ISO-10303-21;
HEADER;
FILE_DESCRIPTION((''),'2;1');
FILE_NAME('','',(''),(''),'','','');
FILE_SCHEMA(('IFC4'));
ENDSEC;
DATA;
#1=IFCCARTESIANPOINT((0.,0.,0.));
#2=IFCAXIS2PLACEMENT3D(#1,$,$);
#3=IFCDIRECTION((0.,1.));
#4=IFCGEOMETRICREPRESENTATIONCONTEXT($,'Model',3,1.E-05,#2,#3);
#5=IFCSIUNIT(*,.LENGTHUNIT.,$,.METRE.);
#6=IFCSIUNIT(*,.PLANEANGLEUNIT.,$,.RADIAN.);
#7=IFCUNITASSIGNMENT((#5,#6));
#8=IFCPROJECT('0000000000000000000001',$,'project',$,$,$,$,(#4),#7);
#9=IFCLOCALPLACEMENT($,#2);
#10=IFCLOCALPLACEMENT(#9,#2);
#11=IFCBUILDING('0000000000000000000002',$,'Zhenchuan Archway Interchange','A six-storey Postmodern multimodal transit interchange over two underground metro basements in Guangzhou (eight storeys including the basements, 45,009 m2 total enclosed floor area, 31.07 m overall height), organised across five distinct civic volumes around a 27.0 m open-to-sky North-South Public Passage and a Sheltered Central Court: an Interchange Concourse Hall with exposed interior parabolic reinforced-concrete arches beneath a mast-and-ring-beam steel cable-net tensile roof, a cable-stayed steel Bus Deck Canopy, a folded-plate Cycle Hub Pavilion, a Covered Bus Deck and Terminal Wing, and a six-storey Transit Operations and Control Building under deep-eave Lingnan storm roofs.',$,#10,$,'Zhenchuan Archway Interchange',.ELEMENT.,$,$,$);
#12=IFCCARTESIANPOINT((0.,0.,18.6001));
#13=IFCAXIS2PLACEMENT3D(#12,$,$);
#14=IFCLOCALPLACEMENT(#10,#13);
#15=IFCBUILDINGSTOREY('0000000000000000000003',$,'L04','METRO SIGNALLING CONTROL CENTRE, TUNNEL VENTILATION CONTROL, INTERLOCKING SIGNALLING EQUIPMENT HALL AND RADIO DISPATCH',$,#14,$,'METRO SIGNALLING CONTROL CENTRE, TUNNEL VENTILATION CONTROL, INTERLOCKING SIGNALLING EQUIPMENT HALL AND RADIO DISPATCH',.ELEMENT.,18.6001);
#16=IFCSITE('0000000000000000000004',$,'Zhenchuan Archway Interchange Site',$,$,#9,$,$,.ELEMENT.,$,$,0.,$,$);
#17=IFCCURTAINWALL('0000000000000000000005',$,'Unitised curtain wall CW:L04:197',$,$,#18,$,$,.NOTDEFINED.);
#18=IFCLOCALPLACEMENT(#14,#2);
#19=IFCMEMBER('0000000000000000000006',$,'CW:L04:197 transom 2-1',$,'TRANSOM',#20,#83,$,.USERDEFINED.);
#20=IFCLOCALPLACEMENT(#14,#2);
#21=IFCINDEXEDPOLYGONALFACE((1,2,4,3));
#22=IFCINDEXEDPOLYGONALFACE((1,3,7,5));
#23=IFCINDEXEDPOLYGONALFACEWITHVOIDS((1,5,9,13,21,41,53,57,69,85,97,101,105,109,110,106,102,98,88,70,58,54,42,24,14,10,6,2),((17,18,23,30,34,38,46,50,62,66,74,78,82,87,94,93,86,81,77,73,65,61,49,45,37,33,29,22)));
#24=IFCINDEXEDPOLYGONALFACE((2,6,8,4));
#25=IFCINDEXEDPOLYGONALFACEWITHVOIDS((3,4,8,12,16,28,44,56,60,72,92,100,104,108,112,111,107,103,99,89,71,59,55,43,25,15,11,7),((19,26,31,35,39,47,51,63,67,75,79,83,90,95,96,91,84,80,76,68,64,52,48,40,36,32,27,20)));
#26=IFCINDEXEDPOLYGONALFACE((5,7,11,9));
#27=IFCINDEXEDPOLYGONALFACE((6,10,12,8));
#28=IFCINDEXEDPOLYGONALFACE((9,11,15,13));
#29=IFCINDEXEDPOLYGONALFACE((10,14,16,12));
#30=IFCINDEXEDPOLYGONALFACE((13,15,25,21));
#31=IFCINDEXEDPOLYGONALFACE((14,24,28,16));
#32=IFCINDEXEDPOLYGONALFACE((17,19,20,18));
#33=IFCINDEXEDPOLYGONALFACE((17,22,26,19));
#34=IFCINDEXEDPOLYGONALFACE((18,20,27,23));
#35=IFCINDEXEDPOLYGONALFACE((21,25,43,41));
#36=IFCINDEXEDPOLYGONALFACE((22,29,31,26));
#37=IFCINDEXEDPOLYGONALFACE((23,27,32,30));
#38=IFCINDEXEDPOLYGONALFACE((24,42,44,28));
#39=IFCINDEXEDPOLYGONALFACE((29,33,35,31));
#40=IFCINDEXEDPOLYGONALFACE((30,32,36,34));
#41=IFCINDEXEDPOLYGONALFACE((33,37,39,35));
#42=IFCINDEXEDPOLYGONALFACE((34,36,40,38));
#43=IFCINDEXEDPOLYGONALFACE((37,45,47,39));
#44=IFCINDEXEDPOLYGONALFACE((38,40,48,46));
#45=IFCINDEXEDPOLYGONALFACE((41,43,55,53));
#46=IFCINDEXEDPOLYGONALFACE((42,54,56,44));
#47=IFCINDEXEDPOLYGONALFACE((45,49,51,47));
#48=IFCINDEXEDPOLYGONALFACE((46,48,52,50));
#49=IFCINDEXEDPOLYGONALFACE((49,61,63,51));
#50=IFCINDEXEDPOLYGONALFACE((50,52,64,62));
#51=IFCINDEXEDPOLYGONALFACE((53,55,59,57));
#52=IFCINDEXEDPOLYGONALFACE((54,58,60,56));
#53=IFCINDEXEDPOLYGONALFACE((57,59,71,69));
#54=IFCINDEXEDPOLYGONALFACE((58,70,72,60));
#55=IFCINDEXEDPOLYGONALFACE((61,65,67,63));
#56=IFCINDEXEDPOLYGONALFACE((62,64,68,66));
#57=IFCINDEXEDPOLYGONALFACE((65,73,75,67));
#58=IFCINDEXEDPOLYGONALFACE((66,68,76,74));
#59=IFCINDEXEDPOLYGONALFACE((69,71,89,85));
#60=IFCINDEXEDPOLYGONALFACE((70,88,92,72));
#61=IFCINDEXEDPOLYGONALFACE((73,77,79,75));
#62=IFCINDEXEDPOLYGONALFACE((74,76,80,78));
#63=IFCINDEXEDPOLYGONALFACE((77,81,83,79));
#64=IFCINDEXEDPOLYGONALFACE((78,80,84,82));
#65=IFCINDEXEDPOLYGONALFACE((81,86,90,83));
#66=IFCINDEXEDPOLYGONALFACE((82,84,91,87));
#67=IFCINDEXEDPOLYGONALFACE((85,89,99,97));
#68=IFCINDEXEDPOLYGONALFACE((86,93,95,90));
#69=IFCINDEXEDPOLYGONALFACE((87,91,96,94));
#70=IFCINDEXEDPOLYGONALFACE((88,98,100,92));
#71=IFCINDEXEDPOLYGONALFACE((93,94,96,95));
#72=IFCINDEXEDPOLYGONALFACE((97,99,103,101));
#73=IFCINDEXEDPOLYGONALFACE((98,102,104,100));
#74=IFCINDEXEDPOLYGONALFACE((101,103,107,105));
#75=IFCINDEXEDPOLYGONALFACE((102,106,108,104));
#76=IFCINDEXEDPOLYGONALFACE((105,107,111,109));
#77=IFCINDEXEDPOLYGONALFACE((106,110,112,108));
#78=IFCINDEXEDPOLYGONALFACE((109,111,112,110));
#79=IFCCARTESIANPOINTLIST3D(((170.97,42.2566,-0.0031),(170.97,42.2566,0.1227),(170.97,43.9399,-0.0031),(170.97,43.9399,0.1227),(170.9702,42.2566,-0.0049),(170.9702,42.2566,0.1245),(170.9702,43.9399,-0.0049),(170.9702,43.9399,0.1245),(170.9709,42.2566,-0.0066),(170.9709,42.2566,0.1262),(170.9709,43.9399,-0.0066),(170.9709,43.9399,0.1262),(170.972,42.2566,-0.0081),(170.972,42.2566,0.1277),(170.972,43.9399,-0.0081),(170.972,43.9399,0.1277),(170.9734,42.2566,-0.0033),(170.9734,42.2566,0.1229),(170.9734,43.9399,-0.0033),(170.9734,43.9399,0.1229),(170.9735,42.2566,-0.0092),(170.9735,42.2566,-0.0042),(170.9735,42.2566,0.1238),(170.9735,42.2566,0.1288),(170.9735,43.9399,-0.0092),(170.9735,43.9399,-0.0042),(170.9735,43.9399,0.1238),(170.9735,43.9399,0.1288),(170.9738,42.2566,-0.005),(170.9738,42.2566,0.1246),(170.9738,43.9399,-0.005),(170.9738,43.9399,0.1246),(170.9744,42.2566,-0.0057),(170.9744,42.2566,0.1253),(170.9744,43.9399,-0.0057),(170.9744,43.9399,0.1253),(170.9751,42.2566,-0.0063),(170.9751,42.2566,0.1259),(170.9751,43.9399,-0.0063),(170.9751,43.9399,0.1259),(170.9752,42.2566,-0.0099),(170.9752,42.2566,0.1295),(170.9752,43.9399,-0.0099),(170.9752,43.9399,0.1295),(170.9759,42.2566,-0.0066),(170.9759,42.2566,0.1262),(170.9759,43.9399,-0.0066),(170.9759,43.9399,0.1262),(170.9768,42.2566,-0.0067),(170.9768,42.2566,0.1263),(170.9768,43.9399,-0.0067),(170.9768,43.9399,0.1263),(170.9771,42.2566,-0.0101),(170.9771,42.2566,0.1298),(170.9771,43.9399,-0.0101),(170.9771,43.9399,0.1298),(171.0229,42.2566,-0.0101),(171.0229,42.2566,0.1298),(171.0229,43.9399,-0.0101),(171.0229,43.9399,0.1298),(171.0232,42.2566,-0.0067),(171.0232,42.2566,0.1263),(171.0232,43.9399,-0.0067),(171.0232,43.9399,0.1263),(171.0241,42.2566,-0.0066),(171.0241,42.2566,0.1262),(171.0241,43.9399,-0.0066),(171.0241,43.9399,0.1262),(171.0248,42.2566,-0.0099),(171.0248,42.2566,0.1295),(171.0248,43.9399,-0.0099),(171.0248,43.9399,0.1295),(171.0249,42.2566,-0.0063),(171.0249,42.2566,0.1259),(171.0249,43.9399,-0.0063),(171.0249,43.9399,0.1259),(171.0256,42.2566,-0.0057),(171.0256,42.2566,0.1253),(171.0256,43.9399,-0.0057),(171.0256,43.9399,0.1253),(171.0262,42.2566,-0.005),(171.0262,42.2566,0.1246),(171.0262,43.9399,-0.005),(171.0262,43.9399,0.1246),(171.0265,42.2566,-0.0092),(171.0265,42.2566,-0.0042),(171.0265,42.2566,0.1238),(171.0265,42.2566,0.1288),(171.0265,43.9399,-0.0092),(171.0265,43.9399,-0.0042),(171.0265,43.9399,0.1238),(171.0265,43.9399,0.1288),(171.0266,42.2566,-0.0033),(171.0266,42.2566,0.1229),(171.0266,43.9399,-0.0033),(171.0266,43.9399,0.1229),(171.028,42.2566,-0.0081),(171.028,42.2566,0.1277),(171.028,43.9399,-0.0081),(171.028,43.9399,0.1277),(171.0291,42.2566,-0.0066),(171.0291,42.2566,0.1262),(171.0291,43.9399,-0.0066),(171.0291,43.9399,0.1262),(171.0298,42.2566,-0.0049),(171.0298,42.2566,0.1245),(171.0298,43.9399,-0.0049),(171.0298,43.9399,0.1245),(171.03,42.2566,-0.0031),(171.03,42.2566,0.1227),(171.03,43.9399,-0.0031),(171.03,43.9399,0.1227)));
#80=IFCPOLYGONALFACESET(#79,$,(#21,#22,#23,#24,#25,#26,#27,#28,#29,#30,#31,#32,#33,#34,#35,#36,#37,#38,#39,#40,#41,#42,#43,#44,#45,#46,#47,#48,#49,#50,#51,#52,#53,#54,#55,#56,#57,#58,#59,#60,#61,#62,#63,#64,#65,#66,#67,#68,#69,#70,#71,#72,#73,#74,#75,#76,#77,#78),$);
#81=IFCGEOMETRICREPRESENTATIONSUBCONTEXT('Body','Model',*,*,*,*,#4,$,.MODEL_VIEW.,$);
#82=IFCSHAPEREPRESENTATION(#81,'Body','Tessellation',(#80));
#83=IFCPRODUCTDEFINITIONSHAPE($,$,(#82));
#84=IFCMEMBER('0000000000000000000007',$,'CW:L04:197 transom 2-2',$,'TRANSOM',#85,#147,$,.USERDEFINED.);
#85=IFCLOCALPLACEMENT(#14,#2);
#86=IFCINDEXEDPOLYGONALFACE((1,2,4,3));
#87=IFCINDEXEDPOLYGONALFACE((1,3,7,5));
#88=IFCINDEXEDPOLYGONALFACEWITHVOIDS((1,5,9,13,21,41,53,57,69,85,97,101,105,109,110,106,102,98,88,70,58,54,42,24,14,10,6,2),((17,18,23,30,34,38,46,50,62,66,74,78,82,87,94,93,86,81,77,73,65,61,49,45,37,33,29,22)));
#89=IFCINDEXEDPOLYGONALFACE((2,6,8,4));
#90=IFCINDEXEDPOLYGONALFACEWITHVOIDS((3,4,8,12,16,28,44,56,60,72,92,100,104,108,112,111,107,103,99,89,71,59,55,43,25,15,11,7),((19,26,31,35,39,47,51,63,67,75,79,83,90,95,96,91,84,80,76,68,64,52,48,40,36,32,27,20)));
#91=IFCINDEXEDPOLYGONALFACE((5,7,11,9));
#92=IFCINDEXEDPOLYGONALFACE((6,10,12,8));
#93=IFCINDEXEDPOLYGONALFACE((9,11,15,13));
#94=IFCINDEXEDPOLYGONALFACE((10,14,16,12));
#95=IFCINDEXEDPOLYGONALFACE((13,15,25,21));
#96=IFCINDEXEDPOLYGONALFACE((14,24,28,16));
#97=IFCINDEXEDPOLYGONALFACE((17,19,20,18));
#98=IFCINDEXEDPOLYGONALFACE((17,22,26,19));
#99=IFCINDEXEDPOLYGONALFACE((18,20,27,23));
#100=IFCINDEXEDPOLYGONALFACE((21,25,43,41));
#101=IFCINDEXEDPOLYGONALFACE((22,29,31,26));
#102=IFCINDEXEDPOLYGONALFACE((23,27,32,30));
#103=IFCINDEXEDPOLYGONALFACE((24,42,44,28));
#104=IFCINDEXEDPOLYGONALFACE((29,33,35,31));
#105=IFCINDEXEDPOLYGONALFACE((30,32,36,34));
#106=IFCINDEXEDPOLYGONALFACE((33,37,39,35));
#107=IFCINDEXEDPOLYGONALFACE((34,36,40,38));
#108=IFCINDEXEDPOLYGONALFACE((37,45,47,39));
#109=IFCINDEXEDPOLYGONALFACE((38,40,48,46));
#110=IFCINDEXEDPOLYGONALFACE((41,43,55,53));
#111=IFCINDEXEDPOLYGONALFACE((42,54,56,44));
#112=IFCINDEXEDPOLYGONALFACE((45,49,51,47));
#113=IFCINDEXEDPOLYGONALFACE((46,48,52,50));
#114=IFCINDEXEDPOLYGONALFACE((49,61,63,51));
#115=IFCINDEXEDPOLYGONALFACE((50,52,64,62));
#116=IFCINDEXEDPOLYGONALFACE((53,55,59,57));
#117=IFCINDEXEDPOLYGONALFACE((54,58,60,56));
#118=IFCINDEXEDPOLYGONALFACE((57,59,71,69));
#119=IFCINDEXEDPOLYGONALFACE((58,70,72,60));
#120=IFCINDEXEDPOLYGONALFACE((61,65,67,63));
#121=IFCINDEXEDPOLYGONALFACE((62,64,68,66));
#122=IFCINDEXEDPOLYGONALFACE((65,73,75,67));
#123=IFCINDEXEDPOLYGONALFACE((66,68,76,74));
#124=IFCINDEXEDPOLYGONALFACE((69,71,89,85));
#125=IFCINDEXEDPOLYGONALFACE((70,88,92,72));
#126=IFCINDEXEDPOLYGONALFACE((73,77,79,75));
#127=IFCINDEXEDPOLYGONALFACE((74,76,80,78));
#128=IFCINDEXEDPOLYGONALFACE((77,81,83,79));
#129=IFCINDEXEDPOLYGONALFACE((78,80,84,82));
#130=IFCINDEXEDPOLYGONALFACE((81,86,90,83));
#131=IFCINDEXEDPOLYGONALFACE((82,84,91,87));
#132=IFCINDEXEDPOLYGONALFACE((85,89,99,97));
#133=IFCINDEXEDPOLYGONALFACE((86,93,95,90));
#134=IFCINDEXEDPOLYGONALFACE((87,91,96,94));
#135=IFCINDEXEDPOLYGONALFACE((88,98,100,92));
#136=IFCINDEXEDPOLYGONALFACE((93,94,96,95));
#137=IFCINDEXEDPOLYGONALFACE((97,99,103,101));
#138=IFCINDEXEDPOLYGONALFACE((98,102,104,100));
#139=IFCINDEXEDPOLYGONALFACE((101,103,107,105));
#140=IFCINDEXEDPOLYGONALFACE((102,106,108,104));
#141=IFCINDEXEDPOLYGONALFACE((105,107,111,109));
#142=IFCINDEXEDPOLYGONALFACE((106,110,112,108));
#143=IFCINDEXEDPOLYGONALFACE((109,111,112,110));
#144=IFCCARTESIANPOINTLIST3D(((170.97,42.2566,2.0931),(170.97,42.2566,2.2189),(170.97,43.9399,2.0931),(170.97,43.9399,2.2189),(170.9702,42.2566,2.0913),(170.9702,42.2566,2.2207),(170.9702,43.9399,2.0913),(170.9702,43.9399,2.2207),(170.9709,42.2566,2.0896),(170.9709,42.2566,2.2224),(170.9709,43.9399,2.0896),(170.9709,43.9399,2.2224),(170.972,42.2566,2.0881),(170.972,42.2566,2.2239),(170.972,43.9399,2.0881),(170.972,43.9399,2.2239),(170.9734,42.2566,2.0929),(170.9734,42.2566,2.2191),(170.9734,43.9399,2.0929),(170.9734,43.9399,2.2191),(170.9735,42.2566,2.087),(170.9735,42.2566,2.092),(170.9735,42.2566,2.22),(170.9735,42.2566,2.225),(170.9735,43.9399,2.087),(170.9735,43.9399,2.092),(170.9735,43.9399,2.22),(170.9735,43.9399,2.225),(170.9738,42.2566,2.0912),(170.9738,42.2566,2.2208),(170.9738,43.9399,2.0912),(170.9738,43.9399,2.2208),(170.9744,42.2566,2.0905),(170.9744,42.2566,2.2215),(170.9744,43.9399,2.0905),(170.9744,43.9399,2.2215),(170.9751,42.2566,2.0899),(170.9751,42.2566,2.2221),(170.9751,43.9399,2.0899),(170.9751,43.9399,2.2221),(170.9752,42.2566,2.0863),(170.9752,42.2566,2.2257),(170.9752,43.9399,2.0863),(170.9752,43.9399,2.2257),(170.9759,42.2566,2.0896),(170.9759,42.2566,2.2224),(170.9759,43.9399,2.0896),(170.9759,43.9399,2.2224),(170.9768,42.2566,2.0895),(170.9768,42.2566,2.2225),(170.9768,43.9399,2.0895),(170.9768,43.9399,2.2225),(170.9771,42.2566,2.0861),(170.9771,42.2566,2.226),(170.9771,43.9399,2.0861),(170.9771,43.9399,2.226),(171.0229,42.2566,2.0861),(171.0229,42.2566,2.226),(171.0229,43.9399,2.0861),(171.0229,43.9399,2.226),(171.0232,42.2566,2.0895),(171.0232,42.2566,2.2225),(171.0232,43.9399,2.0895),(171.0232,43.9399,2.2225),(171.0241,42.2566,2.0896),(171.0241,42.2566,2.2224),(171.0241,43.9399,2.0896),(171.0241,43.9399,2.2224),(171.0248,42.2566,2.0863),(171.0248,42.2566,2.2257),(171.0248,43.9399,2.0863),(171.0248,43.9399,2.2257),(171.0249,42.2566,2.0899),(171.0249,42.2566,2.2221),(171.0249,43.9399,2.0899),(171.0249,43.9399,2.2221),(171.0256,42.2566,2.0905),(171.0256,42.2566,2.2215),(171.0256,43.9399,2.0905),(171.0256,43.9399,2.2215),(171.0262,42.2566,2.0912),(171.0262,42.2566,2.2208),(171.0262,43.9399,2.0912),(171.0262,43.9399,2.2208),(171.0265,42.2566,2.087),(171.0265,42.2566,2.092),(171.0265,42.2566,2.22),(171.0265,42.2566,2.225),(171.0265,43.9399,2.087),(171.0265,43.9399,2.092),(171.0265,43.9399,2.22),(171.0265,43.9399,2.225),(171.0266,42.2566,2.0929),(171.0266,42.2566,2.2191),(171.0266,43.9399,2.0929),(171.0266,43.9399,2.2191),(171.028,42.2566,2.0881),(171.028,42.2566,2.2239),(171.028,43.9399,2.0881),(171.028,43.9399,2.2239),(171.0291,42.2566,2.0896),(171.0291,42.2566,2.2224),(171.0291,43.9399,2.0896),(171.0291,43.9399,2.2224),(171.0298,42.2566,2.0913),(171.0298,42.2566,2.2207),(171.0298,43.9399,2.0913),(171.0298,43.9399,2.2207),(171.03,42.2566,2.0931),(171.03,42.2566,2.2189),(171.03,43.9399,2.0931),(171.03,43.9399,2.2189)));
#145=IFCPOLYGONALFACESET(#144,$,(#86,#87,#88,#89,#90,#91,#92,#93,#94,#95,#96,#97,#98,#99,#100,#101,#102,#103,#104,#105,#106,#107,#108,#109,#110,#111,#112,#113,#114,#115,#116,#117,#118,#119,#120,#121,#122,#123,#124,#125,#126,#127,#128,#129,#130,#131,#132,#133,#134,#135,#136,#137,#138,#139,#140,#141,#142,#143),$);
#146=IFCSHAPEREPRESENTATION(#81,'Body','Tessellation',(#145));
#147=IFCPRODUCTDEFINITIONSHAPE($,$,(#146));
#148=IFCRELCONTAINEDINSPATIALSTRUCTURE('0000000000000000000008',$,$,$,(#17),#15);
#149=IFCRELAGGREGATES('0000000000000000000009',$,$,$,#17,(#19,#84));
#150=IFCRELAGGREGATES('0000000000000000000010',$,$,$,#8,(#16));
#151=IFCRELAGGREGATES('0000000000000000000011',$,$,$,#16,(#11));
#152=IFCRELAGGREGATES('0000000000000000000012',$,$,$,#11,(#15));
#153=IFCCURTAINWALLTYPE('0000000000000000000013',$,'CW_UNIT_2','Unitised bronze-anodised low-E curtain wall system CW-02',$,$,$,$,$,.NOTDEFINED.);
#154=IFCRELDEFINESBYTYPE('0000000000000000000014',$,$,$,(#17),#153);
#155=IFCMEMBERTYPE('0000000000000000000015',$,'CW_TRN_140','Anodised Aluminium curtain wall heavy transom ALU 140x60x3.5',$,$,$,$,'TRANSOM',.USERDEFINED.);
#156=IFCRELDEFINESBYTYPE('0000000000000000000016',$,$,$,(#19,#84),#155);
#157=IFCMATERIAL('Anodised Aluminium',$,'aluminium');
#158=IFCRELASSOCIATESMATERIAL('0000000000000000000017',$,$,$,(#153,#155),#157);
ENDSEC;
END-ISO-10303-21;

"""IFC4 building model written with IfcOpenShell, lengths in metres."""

from ifc_helpers import new_model, si_unit, direction, frame, origin, origin_2d, place, context, subcontext, project, spatial, hollow_rectangle, extrude, material, material_profile, profile_set, type_object, element, aggregate, save


model = new_model("IFC4")

# Units and contexts
model_context = context("Model", 3, precision=1e-05, world=origin(), true_north=direction((0.0, 1.0)))
body_context = subcontext(model_context, "Body", "Model", "MODEL_VIEW")
ifc_project = project(units=[si_unit("LENGTHUNIT", "METRE"), si_unit("PLANEANGLEUNIT", "RADIAN")], contexts=[model_context])

# Site, building, storey
site_placement = place(None, origin())
site = spatial("IfcSite", under=ifc_project, at=site_placement, Name="Zhenchuan Archway Interchange Site", CompositionType="ELEMENT", RefElevation=0.0)
building_placement = place(site_placement, origin())
building = spatial("IfcBuilding", under=site, at=building_placement, Name="Zhenchuan Archway Interchange", Description="A six-storey Postmodern multimodal transit interchange over two underground metro basements in Guangzhou (eight storeys including the basements, 45,009 m2 total enclosed floor area, 31.07 m overall height), organised across five distinct civic volumes around a 27.0 m open-to-sky North-South Public Passage and a Sheltered Central Court: an Interchange Concourse Hall with exposed interior parabolic reinforced-concrete arches beneath a mast-and-ring-beam steel cable-net tensile roof, a cable-stayed steel Bus Deck Canopy, a folded-plate Cycle Hub Pavilion, a Covered Bus Deck and Terminal Wing, and a six-storey Transit Operations and Control Building under deep-eave Lingnan storm roofs.", LongName="Zhenchuan Archway Interchange", CompositionType="ELEMENT")
storey_placement = place(building_placement, frame((0.0, 0.0, 18.6001)))
storey = spatial("IfcBuildingStorey", under=building, at=storey_placement, Name="L04", Description="METRO SIGNALLING CONTROL CENTRE, TUNNEL VENTILATION CONTROL, INTERLOCKING SIGNALLING EQUIPMENT HALL AND RADIO DISPATCH", LongName="METRO SIGNALLING CONTROL CENTRE, TUNNEL VENTILATION CONTROL, INTERLOCKING SIGNALLING EQUIPMENT HALL AND RADIO DISPATCH", CompositionType="ELEMENT", Elevation=18.6001)

# Curtain wall, members
ifc_material_1 = material(Name="Anodised Aluminium", Category="aluminium")
curtain_wall_type = type_object("IfcCurtainWallType", Name="CW_UNIT_2", Description="Unitised bronze-anodised low-E curtain wall system CW-02", PredefinedType="NOTDEFINED", material=ifc_material_1)
curtain_wall_placement = place(storey_placement, origin())
curtain_wall = element("IfcCurtainWall", 1, at=curtain_wall_placement, inside=storey, type_object=curtain_wall_type, Name="Unitised curtain wall CW:L04:197", PredefinedType="NOTDEFINED")
ifc_material_profile_1 = material_profile(ifc_material_1, hollow_rectangle(XDim=0.0601, YDim=0.1399, WallThickness=0.0034, InnerFilletRadius=0.0034, OuterFilletRadius=0.0071, at=origin_2d()), Name="ALU 140x60x3.5")
ifc_profile_set_1 = profile_set([ifc_material_profile_1], Name="Anodised Aluminium")
member_type_1 = type_object("IfcMemberType", Name="CW_TRN_140", Description="Anodised Aluminium curtain wall heavy transom ALU 140x60x3.5", ElementType="TRANSOM", PredefinedType="USERDEFINED", material=ifc_profile_set_1)
member_1_placement = place(storey_placement, frame((171.0, 43.9399, 0.0598), z_axis=(0.0, -1.0, 0.0), x_axis=(1.0, 0.0, 0.0)))
member_1 = element("IfcMember", 2, at=member_1_placement, type_object=member_type_1, Name="CW:L04:197 transom 2-1", ObjectType="TRANSOM", PredefinedType="USERDEFINED", context=body_context, shape_type="SweptSolid", body=[
    extrude(hollow_rectangle(XDim=0.0601, YDim=0.1399, WallThickness=0.0034, InnerFilletRadius=0.0034, OuterFilletRadius=0.0071, at=origin_2d()), origin(), (0.0, 0.0, 1.0), 1.6833),
])
member_2_placement = place(storey_placement, frame((171.0, 43.9399, 2.156), z_axis=(0.0, -1.0, 0.0), x_axis=(1.0, 0.0, 0.0)))
member_2 = element("IfcMember", 3, at=member_2_placement, type_object=member_type_1, Name="CW:L04:197 transom 2-2", ObjectType="TRANSOM", PredefinedType="USERDEFINED", context=body_context, shape_type="SweptSolid", body=[
    extrude(hollow_rectangle(XDim=0.0601, YDim=0.1399, WallThickness=0.0034, InnerFilletRadius=0.0034, OuterFilletRadius=0.0071, at=origin_2d()), origin(), (0.0, 0.0, 1.0), 1.6833),
])

aggregate(curtain_wall, [member_1, member_2])

save(model, "model.ifc")
